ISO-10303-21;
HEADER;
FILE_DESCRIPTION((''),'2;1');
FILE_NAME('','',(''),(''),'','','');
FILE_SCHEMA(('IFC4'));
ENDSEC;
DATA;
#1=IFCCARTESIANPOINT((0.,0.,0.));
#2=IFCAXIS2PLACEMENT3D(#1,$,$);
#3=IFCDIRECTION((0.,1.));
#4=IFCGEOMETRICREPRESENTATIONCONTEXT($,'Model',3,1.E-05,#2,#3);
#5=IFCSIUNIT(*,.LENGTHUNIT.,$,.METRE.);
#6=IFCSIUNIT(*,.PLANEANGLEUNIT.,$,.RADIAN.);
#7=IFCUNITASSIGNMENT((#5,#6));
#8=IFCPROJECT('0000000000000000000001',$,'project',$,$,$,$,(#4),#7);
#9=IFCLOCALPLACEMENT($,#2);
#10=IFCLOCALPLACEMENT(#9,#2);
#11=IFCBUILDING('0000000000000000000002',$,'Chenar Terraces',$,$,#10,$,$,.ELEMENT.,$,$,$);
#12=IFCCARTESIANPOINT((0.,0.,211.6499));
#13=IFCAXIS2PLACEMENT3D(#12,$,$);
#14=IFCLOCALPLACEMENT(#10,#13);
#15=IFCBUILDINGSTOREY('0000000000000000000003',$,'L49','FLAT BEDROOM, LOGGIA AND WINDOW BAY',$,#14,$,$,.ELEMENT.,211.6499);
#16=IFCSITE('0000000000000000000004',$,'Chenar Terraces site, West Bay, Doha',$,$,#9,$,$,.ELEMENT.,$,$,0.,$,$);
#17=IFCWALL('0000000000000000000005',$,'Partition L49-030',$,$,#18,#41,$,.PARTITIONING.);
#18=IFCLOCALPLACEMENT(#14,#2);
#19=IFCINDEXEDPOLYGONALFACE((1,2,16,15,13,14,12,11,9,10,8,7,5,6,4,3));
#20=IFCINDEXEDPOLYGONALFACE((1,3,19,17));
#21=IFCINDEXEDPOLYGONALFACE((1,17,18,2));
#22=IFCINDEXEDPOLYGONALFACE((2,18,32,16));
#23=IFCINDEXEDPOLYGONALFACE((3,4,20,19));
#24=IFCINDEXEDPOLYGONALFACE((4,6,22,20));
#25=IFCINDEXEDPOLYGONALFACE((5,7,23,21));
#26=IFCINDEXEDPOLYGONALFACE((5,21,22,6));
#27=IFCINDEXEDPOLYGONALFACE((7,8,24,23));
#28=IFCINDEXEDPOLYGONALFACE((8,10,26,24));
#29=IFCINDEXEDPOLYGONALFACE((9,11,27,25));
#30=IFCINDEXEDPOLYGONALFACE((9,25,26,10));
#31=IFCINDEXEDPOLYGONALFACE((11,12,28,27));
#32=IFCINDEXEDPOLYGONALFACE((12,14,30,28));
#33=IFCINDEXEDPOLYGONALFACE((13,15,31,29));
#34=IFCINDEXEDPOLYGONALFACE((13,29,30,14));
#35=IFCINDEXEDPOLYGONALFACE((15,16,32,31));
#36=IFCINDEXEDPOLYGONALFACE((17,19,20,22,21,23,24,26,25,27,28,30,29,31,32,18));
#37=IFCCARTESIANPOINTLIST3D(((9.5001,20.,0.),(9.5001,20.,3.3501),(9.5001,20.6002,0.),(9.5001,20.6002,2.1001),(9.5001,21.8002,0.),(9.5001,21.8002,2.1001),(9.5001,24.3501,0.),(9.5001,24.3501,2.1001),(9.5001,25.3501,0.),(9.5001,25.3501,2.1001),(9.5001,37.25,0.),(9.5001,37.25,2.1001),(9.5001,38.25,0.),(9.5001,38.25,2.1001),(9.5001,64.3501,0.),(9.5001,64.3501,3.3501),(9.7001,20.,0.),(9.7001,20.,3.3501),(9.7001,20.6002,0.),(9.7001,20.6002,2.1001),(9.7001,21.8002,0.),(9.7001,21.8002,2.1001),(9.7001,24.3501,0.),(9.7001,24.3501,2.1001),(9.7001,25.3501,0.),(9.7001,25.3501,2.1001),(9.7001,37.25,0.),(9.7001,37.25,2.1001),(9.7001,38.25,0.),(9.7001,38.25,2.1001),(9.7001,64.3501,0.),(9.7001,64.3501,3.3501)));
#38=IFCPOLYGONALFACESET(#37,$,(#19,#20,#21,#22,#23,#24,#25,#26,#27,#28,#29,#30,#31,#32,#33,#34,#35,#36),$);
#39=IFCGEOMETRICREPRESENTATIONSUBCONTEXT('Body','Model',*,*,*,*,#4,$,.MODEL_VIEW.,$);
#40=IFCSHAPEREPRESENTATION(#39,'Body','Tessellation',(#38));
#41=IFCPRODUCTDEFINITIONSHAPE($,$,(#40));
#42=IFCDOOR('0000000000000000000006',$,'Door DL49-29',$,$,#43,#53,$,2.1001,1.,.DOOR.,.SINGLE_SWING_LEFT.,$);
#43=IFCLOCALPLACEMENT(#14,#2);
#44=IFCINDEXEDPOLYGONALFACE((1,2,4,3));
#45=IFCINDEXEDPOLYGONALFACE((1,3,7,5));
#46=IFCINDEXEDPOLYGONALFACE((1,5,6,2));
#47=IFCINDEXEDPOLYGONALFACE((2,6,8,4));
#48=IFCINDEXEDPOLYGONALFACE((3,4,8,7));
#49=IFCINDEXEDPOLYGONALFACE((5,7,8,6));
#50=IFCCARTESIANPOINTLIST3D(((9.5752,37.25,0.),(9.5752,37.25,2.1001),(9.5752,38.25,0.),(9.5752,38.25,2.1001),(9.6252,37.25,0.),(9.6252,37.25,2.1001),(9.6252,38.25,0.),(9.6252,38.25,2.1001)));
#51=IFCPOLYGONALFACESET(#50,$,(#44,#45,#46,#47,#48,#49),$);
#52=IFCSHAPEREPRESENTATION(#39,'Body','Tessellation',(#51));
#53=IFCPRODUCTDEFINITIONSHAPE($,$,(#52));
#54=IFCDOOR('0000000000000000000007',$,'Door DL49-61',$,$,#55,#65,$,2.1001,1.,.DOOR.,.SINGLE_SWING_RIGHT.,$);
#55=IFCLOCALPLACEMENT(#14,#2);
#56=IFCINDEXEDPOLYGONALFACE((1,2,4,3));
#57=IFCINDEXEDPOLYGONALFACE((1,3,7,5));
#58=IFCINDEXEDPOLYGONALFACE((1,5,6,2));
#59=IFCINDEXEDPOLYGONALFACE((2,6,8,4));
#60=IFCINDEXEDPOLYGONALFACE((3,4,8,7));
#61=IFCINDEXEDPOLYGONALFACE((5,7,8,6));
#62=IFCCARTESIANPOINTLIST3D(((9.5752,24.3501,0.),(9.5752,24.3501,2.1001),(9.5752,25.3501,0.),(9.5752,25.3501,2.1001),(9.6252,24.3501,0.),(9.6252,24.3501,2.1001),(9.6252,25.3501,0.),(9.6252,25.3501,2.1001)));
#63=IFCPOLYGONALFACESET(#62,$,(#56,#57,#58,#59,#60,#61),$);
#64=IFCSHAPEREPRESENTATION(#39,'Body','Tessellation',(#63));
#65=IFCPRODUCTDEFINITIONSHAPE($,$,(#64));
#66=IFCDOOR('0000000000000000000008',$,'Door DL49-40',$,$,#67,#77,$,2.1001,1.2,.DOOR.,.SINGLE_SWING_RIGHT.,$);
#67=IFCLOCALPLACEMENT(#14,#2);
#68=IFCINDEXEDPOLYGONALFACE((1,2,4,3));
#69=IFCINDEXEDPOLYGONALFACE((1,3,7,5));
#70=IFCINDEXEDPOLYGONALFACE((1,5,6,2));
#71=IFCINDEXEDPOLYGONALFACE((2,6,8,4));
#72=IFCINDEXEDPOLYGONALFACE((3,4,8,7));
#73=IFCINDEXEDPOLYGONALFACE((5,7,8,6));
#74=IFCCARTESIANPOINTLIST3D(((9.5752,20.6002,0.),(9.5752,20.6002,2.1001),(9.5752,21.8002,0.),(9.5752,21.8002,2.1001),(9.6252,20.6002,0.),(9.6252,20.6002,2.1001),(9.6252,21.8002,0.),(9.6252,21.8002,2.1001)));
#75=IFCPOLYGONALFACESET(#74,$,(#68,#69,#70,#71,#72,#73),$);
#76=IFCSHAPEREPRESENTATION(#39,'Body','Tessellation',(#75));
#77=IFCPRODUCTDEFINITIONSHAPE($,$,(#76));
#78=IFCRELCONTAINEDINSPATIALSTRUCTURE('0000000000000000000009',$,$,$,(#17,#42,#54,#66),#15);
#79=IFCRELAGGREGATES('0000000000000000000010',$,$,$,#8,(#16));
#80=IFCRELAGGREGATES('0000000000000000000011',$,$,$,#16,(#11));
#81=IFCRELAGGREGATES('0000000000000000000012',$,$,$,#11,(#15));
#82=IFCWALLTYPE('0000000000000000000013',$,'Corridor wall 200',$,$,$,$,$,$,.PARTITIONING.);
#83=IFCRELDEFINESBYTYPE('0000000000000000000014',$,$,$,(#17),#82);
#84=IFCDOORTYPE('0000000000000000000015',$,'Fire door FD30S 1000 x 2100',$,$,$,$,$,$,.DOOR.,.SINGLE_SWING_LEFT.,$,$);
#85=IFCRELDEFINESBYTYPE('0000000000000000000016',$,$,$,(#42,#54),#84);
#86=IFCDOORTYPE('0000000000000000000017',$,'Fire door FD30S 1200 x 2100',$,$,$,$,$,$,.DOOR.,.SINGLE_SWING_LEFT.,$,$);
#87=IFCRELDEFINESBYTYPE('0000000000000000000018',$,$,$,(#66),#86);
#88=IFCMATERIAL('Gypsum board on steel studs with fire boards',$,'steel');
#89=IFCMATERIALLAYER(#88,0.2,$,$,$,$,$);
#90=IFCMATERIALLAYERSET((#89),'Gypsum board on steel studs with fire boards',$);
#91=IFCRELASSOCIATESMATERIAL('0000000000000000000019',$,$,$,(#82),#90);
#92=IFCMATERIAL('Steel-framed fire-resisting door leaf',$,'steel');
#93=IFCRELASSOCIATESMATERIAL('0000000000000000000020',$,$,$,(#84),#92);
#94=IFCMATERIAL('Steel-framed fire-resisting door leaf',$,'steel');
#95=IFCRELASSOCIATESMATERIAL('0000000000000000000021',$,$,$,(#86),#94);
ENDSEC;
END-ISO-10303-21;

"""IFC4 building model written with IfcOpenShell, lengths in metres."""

from ifc_helpers import new_model, si_unit, direction, frame, frame_2d, origin, place, context, subcontext, project, spatial, rectangle, extrude, material, layer, layer_set, type_object, element, fill, save


model = new_model("IFC4")

# Units and contexts
model_context = context("Model", 3, precision=1e-05, world=origin(), true_north=direction((0.0, 1.0)))
body_context = subcontext(model_context, "Body", "Model", "MODEL_VIEW")
ifc_project = project(units=[si_unit("LENGTHUNIT", "METRE"), si_unit("PLANEANGLEUNIT", "RADIAN")], contexts=[model_context])

# Site, building, storey
site_placement = place(None, origin())
site = spatial("IfcSite", under=ifc_project, at=site_placement, Name="Chenar Terraces site, West Bay, Doha", CompositionType="ELEMENT", RefElevation=0.0)
building_placement = place(site_placement, origin())
building = spatial("IfcBuilding", under=site, at=building_placement, Name="Chenar Terraces", CompositionType="ELEMENT")
storey_placement = place(building_placement, frame((0.0, 0.0, 211.6499)))
storey = spatial("IfcBuildingStorey", under=building, at=storey_placement, Name="L49", Description="FLAT BEDROOM, LOGGIA AND WINDOW BAY", CompositionType="ELEMENT", Elevation=211.6499)

# Wall, openings, doors
ifc_material_1 = material(Name="Gypsum board on steel studs with fire boards", Category="steel")
ifc_layer_1 = layer(ifc_material_1, 0.2)
ifc_layer_set_1 = layer_set([ifc_layer_1], Name="Gypsum board on steel studs with fire boards")
wall_type_1 = type_object("IfcWallType", Name="Corridor wall 200", PredefinedType="PARTITIONING", material=ifc_layer_set_1)
wall_1_placement = place(storey_placement, frame((9.6001, 20.0, 0.0), z_axis=(0.0, 0.0, 1.0), x_axis=(0.0, 1.0, 0.0)))
wall_1 = element("IfcWall", 1, at=wall_1_placement, inside=storey, type_object=wall_type_1, Name="Partition L49-030", PredefinedType="PARTITIONING", context=body_context, shape_type="SweptSolid", body=[
    extrude(rectangle(XDim=44.3501, YDim=0.2, at=frame_2d((22.175, 0.0))), origin(), (0.0, 0.0, 1.0), 3.3501),
])
opening_1_placement = place(wall_1_placement, frame((17.25, 0.0, 0.0)))
opening_1 = element("IfcOpeningElement", 2, at=opening_1_placement, cuts=wall_1, PredefinedType="OPENING", context=body_context, shape_type="SweptSolid", body=[
    extrude(rectangle(XDim=1.0, YDim=2.1001, at=frame_2d((0.5, 1.05))), frame((0.0, 0.1099, 0.0), z_axis=(0.0, -1.0, 0.0), x_axis=(1.0, 0.0, 0.0)), (0.0, 0.0, 1.0), 0.22),
])
opening_2_placement = place(wall_1_placement, frame((0.6001, 0.0, 0.0)))
opening_2 = element("IfcOpeningElement", 3, at=opening_2_placement, cuts=wall_1, PredefinedType="OPENING", context=body_context, shape_type="SweptSolid", body=[
    extrude(rectangle(XDim=1.2, YDim=2.1001, at=frame_2d((0.6001, 1.05))), frame((0.0, 0.1099, 0.0), z_axis=(0.0, -1.0, 0.0), x_axis=(1.0, 0.0, 0.0)), (0.0, 0.0, 1.0), 0.22),
])
opening_3_placement = place(wall_1_placement, frame((4.3501, 0.0, 0.0)))
opening_3 = element("IfcOpeningElement", 4, at=opening_3_placement, cuts=wall_1, PredefinedType="OPENING", context=body_context, shape_type="SweptSolid", body=[
    extrude(rectangle(XDim=1.0, YDim=2.1001, at=frame_2d((0.5, 1.05))), frame((0.0, 0.1099, 0.0), z_axis=(0.0, -1.0, 0.0), x_axis=(1.0, 0.0, 0.0)), (0.0, 0.0, 1.0), 0.22),
])
ifc_material_2 = material(Name="Steel-framed fire-resisting door leaf", Category="steel")
door_type_1 = type_object("IfcDoorType", Name="Fire door FD30S 1000 x 2100", OperationType="SINGLE_SWING_LEFT", PredefinedType="DOOR", material=ifc_material_2)
door_1_placement = place(opening_1_placement, origin())
door_1 = element("IfcDoor", 5, at=door_1_placement, inside=storey, type_object=door_type_1, Name="Door DL49-29", OperationType="SINGLE_SWING_LEFT", OverallHeight=2.1001, OverallWidth=1.0, PredefinedType="DOOR", context=body_context, shape_type="SweptSolid", body=[
    extrude(rectangle(XDim=1.0, YDim=2.1001, at=frame_2d((0.5, 1.05))), frame((0.0, 0.0249, 0.0), z_axis=(0.0, -1.0, 0.0), x_axis=(1.0, 0.0, 0.0)), (0.0, 0.0, 1.0), 0.05),
])
fill(opening_1, door_1)
door_2_placement = place(opening_3_placement, origin())
door_2 = element("IfcDoor", 6, at=door_2_placement, inside=storey, type_object=door_type_1, Name="Door DL49-61", OperationType="SINGLE_SWING_RIGHT", OverallHeight=2.1001, OverallWidth=1.0, PredefinedType="DOOR", context=body_context, shape_type="SweptSolid", body=[
    extrude(rectangle(XDim=1.0, YDim=2.1001, at=frame_2d((0.5, 1.05))), frame((0.0, 0.0249, 0.0), z_axis=(0.0, -1.0, 0.0), x_axis=(1.0, 0.0, 0.0)), (0.0, 0.0, 1.0), 0.05),
])
fill(opening_3, door_2)
ifc_material_3 = material(Name="Steel-framed fire-resisting door leaf", Category="steel")
door_type_2 = type_object("IfcDoorType", Name="Fire door FD30S 1200 x 2100", OperationType="SINGLE_SWING_LEFT", PredefinedType="DOOR", material=ifc_material_3)
door_3_placement = place(opening_2_placement, origin())
door_3 = element("IfcDoor", 7, at=door_3_placement, inside=storey, type_object=door_type_2, Name="Door DL49-40", OperationType="SINGLE_SWING_RIGHT", OverallHeight=2.1001, OverallWidth=1.2, PredefinedType="DOOR", context=body_context, shape_type="SweptSolid", body=[
    extrude(rectangle(XDim=1.2, YDim=2.1001, at=frame_2d((0.6001, 1.05))), frame((0.0, 0.0249, 0.0), z_axis=(0.0, -1.0, 0.0), x_axis=(1.0, 0.0, 0.0)), (0.0, 0.0, 1.0), 0.05),
])
fill(opening_2, door_3)

save(model, "model.ifc")
